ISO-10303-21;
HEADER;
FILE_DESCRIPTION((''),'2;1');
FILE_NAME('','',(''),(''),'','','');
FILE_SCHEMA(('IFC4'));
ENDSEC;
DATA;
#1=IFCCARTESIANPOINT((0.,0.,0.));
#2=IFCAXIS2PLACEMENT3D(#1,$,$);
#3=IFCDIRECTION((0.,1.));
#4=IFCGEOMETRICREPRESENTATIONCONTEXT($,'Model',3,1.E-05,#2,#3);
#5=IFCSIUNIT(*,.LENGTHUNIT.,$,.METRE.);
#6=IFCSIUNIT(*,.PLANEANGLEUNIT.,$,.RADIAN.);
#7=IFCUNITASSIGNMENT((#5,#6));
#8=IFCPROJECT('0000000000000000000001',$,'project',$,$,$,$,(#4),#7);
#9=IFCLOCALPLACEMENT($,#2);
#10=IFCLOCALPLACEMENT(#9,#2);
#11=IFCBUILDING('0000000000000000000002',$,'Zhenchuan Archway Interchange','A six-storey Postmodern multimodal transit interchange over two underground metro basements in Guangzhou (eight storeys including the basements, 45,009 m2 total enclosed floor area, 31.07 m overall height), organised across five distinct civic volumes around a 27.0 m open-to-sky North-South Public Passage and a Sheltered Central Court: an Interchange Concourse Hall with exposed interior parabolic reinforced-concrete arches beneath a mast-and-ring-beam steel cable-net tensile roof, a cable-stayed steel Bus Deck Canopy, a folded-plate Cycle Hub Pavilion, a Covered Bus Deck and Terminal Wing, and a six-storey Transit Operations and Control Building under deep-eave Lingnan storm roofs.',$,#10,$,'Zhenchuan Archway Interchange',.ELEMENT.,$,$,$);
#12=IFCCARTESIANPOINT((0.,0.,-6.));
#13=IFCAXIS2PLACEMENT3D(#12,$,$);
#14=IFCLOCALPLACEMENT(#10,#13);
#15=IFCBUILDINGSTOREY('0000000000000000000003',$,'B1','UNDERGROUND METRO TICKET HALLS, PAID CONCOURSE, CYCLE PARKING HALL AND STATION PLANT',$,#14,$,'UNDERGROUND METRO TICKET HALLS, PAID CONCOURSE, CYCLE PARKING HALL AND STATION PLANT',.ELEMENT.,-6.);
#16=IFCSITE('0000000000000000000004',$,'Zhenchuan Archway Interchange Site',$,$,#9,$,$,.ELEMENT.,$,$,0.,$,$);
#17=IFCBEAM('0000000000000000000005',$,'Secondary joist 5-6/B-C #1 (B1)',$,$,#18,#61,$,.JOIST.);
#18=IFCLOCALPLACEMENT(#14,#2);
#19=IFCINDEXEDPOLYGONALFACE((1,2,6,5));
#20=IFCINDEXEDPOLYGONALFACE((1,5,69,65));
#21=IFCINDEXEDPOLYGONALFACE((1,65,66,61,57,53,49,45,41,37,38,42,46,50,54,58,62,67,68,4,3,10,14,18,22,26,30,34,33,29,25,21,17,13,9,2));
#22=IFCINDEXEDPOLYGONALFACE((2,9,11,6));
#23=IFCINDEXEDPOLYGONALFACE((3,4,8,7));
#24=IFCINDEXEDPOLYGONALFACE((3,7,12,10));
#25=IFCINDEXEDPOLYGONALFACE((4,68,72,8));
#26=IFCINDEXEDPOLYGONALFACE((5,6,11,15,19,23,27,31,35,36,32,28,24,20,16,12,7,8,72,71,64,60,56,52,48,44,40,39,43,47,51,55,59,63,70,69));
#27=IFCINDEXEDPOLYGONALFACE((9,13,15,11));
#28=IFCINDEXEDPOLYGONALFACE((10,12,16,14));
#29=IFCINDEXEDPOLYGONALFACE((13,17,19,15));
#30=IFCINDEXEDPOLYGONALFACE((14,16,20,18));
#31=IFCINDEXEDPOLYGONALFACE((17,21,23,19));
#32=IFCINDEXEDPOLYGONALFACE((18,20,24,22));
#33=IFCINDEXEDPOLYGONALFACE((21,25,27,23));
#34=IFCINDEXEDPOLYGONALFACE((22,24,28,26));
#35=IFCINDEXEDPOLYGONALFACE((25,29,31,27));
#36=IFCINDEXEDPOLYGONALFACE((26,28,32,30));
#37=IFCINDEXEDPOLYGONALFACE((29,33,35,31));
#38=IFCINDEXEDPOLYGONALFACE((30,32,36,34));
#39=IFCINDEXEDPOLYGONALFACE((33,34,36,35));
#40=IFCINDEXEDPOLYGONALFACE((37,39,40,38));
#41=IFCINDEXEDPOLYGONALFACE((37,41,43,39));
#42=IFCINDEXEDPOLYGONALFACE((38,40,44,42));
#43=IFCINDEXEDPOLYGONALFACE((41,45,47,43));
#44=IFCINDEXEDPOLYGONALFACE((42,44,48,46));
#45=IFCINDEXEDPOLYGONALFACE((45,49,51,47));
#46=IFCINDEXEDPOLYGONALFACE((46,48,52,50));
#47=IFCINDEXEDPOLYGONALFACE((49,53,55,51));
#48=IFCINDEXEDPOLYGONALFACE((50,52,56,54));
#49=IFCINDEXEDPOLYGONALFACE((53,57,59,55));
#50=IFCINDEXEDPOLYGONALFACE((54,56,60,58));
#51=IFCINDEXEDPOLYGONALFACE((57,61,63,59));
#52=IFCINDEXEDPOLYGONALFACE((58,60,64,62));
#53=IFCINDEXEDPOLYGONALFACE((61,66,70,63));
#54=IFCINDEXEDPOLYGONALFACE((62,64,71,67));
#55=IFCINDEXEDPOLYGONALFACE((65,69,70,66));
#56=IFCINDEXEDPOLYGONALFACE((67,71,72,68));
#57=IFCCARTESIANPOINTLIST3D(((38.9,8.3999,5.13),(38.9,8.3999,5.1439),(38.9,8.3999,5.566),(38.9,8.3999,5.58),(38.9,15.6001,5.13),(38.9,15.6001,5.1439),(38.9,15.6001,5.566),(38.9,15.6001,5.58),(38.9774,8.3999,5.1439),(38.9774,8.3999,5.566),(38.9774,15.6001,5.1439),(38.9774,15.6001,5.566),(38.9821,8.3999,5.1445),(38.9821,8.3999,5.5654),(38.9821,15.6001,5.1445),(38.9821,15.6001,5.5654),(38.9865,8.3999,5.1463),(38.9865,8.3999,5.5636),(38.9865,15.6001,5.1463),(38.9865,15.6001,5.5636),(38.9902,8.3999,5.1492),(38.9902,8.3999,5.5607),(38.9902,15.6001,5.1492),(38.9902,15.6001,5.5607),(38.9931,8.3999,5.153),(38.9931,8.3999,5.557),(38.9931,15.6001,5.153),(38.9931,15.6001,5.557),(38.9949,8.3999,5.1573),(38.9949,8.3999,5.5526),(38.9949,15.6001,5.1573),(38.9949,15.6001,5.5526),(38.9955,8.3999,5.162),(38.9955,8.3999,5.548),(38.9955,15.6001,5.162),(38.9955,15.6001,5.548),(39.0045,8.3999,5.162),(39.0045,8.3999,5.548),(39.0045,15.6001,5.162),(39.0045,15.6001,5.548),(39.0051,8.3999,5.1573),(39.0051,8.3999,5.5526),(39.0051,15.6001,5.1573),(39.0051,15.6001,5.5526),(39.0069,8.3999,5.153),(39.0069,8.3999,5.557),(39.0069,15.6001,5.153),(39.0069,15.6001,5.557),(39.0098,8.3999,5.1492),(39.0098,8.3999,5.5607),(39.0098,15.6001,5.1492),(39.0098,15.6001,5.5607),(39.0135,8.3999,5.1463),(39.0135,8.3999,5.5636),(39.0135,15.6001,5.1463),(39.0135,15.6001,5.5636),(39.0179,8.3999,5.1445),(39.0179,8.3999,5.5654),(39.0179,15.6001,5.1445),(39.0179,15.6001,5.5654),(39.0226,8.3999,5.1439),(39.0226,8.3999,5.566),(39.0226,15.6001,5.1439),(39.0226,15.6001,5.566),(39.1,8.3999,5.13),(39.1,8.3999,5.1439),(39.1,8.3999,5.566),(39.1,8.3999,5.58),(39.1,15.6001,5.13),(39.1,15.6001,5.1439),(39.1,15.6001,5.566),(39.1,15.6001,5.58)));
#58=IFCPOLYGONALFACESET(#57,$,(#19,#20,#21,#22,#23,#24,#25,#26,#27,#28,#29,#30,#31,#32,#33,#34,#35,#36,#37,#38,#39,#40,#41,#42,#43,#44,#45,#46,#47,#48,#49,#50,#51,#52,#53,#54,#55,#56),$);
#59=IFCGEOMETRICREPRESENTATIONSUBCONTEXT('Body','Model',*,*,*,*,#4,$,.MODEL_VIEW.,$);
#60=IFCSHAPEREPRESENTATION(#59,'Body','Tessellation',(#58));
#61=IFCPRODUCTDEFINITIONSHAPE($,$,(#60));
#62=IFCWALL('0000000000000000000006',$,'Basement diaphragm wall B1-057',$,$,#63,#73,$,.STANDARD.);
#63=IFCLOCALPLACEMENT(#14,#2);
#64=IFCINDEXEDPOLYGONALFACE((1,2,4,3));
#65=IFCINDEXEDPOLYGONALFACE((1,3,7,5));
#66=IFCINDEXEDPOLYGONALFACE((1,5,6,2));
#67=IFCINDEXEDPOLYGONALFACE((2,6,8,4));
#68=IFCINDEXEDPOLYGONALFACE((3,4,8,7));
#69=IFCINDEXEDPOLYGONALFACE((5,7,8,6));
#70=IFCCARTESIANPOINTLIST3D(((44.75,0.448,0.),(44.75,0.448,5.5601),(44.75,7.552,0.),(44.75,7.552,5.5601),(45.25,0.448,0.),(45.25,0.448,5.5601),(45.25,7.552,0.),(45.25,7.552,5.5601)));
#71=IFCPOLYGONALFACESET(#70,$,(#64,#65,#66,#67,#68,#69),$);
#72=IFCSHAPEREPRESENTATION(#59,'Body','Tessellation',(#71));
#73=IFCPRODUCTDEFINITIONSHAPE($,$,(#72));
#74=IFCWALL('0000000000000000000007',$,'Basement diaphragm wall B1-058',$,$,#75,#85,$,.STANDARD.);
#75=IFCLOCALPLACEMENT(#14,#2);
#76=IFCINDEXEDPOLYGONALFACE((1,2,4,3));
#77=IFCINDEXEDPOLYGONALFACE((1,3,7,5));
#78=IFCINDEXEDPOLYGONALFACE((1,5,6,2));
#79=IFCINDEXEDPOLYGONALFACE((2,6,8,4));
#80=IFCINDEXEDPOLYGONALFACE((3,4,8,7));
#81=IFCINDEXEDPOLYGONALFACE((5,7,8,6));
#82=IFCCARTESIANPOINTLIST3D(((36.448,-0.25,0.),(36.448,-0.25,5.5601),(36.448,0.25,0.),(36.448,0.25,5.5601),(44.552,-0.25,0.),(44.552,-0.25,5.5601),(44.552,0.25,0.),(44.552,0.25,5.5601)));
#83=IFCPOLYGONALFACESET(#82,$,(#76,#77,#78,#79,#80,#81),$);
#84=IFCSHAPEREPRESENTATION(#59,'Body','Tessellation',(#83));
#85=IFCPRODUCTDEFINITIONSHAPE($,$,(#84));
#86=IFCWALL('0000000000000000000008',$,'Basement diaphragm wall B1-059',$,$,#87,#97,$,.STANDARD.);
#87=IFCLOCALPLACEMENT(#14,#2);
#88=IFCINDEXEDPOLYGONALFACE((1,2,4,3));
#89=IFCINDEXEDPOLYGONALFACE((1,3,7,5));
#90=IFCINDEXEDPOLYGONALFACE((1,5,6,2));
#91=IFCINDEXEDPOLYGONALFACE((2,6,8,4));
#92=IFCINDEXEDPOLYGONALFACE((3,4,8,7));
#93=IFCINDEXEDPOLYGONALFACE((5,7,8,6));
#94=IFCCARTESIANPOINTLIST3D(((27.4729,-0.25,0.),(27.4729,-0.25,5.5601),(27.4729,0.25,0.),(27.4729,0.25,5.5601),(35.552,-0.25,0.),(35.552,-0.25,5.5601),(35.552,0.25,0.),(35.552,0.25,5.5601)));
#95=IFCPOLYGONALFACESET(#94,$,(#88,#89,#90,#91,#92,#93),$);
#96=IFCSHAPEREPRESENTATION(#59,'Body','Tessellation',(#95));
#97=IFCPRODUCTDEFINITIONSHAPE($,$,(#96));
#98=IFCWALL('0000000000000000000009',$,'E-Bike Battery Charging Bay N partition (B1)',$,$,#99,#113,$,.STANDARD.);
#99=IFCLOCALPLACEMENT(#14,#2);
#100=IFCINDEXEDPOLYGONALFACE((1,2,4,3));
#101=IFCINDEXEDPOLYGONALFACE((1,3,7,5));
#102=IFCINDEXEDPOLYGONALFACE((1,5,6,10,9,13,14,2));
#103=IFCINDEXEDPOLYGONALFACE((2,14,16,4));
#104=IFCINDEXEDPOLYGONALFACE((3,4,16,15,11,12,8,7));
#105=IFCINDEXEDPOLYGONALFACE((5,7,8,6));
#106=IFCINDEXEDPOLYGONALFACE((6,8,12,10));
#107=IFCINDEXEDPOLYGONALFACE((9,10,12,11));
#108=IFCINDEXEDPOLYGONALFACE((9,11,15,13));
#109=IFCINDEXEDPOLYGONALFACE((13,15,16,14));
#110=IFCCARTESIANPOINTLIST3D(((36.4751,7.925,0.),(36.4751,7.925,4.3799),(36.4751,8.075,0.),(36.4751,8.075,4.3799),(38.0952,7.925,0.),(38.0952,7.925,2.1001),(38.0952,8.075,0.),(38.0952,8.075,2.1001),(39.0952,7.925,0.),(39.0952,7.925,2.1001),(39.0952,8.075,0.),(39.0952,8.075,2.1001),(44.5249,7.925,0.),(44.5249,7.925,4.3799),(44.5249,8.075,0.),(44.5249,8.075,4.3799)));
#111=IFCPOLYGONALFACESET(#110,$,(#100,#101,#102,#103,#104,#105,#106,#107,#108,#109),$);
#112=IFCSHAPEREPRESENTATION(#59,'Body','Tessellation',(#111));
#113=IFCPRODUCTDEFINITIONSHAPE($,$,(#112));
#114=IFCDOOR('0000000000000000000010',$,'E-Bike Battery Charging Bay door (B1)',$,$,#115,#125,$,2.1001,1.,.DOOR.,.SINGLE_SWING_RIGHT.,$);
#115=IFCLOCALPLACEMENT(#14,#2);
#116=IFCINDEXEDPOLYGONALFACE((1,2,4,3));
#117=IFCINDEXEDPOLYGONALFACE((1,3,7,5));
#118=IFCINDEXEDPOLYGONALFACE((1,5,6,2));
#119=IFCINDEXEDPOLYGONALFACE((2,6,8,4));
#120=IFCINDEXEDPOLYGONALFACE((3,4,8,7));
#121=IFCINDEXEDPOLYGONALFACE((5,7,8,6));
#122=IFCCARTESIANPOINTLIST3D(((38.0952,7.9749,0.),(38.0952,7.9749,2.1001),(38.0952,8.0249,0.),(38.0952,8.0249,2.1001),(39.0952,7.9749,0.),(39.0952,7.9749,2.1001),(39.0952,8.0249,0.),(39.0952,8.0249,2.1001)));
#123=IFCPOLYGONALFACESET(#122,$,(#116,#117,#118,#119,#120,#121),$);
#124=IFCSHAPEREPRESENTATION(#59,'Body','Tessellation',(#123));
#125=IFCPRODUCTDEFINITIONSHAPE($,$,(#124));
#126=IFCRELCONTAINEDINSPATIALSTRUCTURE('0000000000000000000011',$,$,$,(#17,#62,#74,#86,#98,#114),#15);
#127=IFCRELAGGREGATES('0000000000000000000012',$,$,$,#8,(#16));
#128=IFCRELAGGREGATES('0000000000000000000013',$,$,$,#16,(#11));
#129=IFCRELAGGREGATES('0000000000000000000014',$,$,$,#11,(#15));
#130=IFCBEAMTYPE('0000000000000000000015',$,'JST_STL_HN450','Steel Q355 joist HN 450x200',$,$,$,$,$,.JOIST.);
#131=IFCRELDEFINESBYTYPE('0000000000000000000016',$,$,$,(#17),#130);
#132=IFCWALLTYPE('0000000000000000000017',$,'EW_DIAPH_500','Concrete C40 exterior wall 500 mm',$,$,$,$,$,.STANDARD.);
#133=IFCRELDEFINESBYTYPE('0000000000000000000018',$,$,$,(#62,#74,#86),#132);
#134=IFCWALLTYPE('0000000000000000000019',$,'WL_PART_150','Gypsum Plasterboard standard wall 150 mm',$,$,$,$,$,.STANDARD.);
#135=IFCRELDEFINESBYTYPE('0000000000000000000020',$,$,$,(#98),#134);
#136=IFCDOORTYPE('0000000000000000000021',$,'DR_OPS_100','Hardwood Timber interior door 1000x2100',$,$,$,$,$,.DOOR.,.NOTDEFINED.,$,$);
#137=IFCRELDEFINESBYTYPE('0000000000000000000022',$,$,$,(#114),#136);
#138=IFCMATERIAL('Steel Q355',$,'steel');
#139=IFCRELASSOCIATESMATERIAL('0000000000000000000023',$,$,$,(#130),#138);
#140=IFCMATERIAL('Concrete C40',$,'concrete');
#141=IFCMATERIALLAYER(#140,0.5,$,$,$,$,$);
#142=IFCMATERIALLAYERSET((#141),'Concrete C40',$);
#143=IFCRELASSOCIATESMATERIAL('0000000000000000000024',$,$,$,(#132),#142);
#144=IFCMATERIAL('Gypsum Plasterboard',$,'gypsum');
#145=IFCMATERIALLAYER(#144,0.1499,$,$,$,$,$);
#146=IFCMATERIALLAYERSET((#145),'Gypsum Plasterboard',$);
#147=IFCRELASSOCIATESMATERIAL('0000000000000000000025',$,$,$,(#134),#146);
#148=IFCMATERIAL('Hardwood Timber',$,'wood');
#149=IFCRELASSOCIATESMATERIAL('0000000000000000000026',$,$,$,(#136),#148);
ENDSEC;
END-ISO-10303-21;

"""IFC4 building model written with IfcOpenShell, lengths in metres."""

from ifc_helpers import new_model, si_unit, direction, frame, frame_2d, origin, origin_2d, place, context, subcontext, project, spatial, rectangle, i_section, extrude, material, layer, layer_set, material_profile, profile_set, type_object, element, fill, save


model = new_model("IFC4")

# Units and contexts
model_context = context("Model", 3, precision=1e-05, world=origin(), true_north=direction((0.0, 1.0)))
body_context = subcontext(model_context, "Body", "Model", "MODEL_VIEW")
ifc_project = project(units=[si_unit("LENGTHUNIT", "METRE"), si_unit("PLANEANGLEUNIT", "RADIAN")], contexts=[model_context])

# Site, building, storey
site_placement = place(None, origin())
site = spatial("IfcSite", under=ifc_project, at=site_placement, Name="Zhenchuan Archway Interchange Site", CompositionType="ELEMENT", RefElevation=0.0)
building_placement = place(site_placement, origin())
building = spatial("IfcBuilding", under=site, at=building_placement, Name="Zhenchuan Archway Interchange", Description="A six-storey Postmodern multimodal transit interchange over two underground metro basements in Guangzhou (eight storeys including the basements, 45,009 m2 total enclosed floor area, 31.07 m overall height), organised across five distinct civic volumes around a 27.0 m open-to-sky North-South Public Passage and a Sheltered Central Court: an Interchange Concourse Hall with exposed interior parabolic reinforced-concrete arches beneath a mast-and-ring-beam steel cable-net tensile roof, a cable-stayed steel Bus Deck Canopy, a folded-plate Cycle Hub Pavilion, a Covered Bus Deck and Terminal Wing, and a six-storey Transit Operations and Control Building under deep-eave Lingnan storm roofs.", LongName="Zhenchuan Archway Interchange", CompositionType="ELEMENT")
storey_placement = place(building_placement, frame((0.0, 0.0, -6.0)))
storey = spatial("IfcBuildingStorey", under=building, at=storey_placement, Name="B1", Description="UNDERGROUND METRO TICKET HALLS, PAID CONCOURSE, CYCLE PARKING HALL AND STATION PLANT", LongName="UNDERGROUND METRO TICKET HALLS, PAID CONCOURSE, CYCLE PARKING HALL AND STATION PLANT", CompositionType="ELEMENT", Elevation=-6.0)

# Shared definitions
ifc_material_1 = material(Name="Concrete C40", Category="concrete")

# Beam
ifc_material_2 = material(Name="Steel Q355", Category="steel")
ifc_material_profile_1 = material_profile(ifc_material_2, i_section(OverallWidth=0.2, OverallDepth=0.45, WebThickness=0.009, FlangeThickness=0.0139, FilletRadius=0.0181, at=origin_2d()), Name="HN 450x200")
ifc_profile_set_1 = profile_set([ifc_material_profile_1], Name="Steel Q355")
beam_type_1 = type_object("IfcBeamType", Name="JST_STL_HN450", Description="Steel Q355 joist HN 450x200", PredefinedType="JOIST", material=ifc_profile_set_1)
beam_placement = place(storey_placement, frame((39.0, 8.3999, 5.355), z_axis=(0.0, 1.0, 0.0), x_axis=(-1.0, 0.0, 0.0)))
element("IfcBeam", 1, at=beam_placement, inside=storey, type_object=beam_type_1, Name="Secondary joist 5-6/B-C #1 (B1)", PredefinedType="JOIST", context=body_context, shape_type="SweptSolid", body=[
    extrude(i_section(OverallWidth=0.2, OverallDepth=0.45, WebThickness=0.009, FlangeThickness=0.0139, FilletRadius=0.0181, at=origin_2d()), origin(), (0.0, 0.0, 1.0), 7.2002),
])

# Walls
ifc_layer_1 = layer(ifc_material_1, 0.5)
ifc_layer_set_1 = layer_set([ifc_layer_1], Name="Concrete C40")
wall_type_1 = type_object("IfcWallType", Name="EW_DIAPH_500", Description="Concrete C40 exterior wall 500 mm", PredefinedType="STANDARD", material=ifc_layer_set_1)
wall_1_placement = place(storey_placement, frame((45.0, 7.552, 0.0), z_axis=(0.0, 0.0, 1.0), x_axis=(0.0, -1.0, 0.0)))
element("IfcWall", 2, at=wall_1_placement, inside=storey, type_object=wall_type_1, Name="Basement diaphragm wall B1-057", PredefinedType="STANDARD", context=body_context, shape_type="SweptSolid", body=[
    extrude(rectangle(XDim=7.104, YDim=0.5, at=frame_2d((3.552, 0.0))), origin(), (0.0, 0.0, 1.0), 5.5601),
])
wall_2_placement = place(storey_placement, frame((44.552, 0.0, 0.0), z_axis=(0.0, 0.0, 1.0), x_axis=(-1.0, 0.0, 0.0)))
element("IfcWall", 3, at=wall_2_placement, inside=storey, type_object=wall_type_1, Name="Basement diaphragm wall B1-058", PredefinedType="STANDARD", context=body_context, shape_type="SweptSolid", body=[
    extrude(rectangle(XDim=8.104, YDim=0.5, at=frame_2d((4.052, 0.0))), origin(), (0.0, 0.0, 1.0), 5.5601),
])
wall_3_placement = place(storey_placement, frame((35.552, 0.0, 0.0), z_axis=(0.0, 0.0, 1.0), x_axis=(-1.0, 0.0, 0.0)))
element("IfcWall", 4, at=wall_3_placement, inside=storey, type_object=wall_type_1, Name="Basement diaphragm wall B1-059", PredefinedType="STANDARD", context=body_context, shape_type="SweptSolid", body=[
    extrude(rectangle(XDim=8.0791, YDim=0.5, at=frame_2d((4.0396, 0.0))), origin(), (0.0, 0.0, 1.0), 5.5601),
])

# Wall, opening, door
ifc_material_3 = material(Name="Gypsum Plasterboard", Category="gypsum")
ifc_layer_2 = layer(ifc_material_3, 0.1499)
ifc_layer_set_2 = layer_set([ifc_layer_2], Name="Gypsum Plasterboard")
wall_type_2 = type_object("IfcWallType", Name="WL_PART_150", Description="Gypsum Plasterboard standard wall 150 mm", PredefinedType="STANDARD", material=ifc_layer_set_2)
wall_4_placement = place(storey_placement, frame((36.4751, 8.0, 0.0), z_axis=(0.0, 0.0, 1.0), x_axis=(1.0, 0.0, 0.0)))
wall_4 = element("IfcWall", 5, at=wall_4_placement, inside=storey, type_object=wall_type_2, Name="E-Bike Battery Charging Bay N partition (B1)", PredefinedType="STANDARD", context=body_context, shape_type="SweptSolid", body=[
    extrude(rectangle(XDim=8.0498, YDim=0.1499, at=frame_2d((4.0249, 0.0))), origin(), (0.0, 0.0, 1.0), 4.3799),
])
opening_placement = place(wall_4_placement, frame((1.6201, 0.0, 0.0)))
opening = element("IfcOpeningElement", 6, at=opening_placement, cuts=wall_4, PredefinedType="OPENING", context=body_context, shape_type="SweptSolid", body=[
    extrude(rectangle(XDim=1.0, YDim=2.1001, at=frame_2d((0.5, 1.05))), frame((0.0, 0.0869, 0.0), z_axis=(0.0, -1.0, 0.0), x_axis=(1.0, 0.0, 0.0)), (0.0, 0.0, 1.0), 0.1738),
])
ifc_material_4 = material(Name="Hardwood Timber", Category="wood")
door_type = type_object("IfcDoorType", Name="DR_OPS_100", Description="Hardwood Timber interior door 1000x2100", OperationType="NOTDEFINED", PredefinedType="DOOR", material=ifc_material_4)
door_placement = place(opening_placement, origin())
door = element("IfcDoor", 7, at=door_placement, inside=storey, type_object=door_type, Name="E-Bike Battery Charging Bay door (B1)", OperationType="SINGLE_SWING_RIGHT", OverallHeight=2.1001, OverallWidth=1.0, PredefinedType="DOOR", context=body_context, shape_type="SweptSolid", body=[
    extrude(rectangle(XDim=1.0, YDim=2.1001, at=frame_2d((0.5, 1.05))), frame((0.0, 0.0249, 0.0), z_axis=(0.0, -1.0, 0.0), x_axis=(1.0, 0.0, 0.0)), (0.0, 0.0, 1.0), 0.05),
])
fill(opening, door)

save(model, "model.ifc")
